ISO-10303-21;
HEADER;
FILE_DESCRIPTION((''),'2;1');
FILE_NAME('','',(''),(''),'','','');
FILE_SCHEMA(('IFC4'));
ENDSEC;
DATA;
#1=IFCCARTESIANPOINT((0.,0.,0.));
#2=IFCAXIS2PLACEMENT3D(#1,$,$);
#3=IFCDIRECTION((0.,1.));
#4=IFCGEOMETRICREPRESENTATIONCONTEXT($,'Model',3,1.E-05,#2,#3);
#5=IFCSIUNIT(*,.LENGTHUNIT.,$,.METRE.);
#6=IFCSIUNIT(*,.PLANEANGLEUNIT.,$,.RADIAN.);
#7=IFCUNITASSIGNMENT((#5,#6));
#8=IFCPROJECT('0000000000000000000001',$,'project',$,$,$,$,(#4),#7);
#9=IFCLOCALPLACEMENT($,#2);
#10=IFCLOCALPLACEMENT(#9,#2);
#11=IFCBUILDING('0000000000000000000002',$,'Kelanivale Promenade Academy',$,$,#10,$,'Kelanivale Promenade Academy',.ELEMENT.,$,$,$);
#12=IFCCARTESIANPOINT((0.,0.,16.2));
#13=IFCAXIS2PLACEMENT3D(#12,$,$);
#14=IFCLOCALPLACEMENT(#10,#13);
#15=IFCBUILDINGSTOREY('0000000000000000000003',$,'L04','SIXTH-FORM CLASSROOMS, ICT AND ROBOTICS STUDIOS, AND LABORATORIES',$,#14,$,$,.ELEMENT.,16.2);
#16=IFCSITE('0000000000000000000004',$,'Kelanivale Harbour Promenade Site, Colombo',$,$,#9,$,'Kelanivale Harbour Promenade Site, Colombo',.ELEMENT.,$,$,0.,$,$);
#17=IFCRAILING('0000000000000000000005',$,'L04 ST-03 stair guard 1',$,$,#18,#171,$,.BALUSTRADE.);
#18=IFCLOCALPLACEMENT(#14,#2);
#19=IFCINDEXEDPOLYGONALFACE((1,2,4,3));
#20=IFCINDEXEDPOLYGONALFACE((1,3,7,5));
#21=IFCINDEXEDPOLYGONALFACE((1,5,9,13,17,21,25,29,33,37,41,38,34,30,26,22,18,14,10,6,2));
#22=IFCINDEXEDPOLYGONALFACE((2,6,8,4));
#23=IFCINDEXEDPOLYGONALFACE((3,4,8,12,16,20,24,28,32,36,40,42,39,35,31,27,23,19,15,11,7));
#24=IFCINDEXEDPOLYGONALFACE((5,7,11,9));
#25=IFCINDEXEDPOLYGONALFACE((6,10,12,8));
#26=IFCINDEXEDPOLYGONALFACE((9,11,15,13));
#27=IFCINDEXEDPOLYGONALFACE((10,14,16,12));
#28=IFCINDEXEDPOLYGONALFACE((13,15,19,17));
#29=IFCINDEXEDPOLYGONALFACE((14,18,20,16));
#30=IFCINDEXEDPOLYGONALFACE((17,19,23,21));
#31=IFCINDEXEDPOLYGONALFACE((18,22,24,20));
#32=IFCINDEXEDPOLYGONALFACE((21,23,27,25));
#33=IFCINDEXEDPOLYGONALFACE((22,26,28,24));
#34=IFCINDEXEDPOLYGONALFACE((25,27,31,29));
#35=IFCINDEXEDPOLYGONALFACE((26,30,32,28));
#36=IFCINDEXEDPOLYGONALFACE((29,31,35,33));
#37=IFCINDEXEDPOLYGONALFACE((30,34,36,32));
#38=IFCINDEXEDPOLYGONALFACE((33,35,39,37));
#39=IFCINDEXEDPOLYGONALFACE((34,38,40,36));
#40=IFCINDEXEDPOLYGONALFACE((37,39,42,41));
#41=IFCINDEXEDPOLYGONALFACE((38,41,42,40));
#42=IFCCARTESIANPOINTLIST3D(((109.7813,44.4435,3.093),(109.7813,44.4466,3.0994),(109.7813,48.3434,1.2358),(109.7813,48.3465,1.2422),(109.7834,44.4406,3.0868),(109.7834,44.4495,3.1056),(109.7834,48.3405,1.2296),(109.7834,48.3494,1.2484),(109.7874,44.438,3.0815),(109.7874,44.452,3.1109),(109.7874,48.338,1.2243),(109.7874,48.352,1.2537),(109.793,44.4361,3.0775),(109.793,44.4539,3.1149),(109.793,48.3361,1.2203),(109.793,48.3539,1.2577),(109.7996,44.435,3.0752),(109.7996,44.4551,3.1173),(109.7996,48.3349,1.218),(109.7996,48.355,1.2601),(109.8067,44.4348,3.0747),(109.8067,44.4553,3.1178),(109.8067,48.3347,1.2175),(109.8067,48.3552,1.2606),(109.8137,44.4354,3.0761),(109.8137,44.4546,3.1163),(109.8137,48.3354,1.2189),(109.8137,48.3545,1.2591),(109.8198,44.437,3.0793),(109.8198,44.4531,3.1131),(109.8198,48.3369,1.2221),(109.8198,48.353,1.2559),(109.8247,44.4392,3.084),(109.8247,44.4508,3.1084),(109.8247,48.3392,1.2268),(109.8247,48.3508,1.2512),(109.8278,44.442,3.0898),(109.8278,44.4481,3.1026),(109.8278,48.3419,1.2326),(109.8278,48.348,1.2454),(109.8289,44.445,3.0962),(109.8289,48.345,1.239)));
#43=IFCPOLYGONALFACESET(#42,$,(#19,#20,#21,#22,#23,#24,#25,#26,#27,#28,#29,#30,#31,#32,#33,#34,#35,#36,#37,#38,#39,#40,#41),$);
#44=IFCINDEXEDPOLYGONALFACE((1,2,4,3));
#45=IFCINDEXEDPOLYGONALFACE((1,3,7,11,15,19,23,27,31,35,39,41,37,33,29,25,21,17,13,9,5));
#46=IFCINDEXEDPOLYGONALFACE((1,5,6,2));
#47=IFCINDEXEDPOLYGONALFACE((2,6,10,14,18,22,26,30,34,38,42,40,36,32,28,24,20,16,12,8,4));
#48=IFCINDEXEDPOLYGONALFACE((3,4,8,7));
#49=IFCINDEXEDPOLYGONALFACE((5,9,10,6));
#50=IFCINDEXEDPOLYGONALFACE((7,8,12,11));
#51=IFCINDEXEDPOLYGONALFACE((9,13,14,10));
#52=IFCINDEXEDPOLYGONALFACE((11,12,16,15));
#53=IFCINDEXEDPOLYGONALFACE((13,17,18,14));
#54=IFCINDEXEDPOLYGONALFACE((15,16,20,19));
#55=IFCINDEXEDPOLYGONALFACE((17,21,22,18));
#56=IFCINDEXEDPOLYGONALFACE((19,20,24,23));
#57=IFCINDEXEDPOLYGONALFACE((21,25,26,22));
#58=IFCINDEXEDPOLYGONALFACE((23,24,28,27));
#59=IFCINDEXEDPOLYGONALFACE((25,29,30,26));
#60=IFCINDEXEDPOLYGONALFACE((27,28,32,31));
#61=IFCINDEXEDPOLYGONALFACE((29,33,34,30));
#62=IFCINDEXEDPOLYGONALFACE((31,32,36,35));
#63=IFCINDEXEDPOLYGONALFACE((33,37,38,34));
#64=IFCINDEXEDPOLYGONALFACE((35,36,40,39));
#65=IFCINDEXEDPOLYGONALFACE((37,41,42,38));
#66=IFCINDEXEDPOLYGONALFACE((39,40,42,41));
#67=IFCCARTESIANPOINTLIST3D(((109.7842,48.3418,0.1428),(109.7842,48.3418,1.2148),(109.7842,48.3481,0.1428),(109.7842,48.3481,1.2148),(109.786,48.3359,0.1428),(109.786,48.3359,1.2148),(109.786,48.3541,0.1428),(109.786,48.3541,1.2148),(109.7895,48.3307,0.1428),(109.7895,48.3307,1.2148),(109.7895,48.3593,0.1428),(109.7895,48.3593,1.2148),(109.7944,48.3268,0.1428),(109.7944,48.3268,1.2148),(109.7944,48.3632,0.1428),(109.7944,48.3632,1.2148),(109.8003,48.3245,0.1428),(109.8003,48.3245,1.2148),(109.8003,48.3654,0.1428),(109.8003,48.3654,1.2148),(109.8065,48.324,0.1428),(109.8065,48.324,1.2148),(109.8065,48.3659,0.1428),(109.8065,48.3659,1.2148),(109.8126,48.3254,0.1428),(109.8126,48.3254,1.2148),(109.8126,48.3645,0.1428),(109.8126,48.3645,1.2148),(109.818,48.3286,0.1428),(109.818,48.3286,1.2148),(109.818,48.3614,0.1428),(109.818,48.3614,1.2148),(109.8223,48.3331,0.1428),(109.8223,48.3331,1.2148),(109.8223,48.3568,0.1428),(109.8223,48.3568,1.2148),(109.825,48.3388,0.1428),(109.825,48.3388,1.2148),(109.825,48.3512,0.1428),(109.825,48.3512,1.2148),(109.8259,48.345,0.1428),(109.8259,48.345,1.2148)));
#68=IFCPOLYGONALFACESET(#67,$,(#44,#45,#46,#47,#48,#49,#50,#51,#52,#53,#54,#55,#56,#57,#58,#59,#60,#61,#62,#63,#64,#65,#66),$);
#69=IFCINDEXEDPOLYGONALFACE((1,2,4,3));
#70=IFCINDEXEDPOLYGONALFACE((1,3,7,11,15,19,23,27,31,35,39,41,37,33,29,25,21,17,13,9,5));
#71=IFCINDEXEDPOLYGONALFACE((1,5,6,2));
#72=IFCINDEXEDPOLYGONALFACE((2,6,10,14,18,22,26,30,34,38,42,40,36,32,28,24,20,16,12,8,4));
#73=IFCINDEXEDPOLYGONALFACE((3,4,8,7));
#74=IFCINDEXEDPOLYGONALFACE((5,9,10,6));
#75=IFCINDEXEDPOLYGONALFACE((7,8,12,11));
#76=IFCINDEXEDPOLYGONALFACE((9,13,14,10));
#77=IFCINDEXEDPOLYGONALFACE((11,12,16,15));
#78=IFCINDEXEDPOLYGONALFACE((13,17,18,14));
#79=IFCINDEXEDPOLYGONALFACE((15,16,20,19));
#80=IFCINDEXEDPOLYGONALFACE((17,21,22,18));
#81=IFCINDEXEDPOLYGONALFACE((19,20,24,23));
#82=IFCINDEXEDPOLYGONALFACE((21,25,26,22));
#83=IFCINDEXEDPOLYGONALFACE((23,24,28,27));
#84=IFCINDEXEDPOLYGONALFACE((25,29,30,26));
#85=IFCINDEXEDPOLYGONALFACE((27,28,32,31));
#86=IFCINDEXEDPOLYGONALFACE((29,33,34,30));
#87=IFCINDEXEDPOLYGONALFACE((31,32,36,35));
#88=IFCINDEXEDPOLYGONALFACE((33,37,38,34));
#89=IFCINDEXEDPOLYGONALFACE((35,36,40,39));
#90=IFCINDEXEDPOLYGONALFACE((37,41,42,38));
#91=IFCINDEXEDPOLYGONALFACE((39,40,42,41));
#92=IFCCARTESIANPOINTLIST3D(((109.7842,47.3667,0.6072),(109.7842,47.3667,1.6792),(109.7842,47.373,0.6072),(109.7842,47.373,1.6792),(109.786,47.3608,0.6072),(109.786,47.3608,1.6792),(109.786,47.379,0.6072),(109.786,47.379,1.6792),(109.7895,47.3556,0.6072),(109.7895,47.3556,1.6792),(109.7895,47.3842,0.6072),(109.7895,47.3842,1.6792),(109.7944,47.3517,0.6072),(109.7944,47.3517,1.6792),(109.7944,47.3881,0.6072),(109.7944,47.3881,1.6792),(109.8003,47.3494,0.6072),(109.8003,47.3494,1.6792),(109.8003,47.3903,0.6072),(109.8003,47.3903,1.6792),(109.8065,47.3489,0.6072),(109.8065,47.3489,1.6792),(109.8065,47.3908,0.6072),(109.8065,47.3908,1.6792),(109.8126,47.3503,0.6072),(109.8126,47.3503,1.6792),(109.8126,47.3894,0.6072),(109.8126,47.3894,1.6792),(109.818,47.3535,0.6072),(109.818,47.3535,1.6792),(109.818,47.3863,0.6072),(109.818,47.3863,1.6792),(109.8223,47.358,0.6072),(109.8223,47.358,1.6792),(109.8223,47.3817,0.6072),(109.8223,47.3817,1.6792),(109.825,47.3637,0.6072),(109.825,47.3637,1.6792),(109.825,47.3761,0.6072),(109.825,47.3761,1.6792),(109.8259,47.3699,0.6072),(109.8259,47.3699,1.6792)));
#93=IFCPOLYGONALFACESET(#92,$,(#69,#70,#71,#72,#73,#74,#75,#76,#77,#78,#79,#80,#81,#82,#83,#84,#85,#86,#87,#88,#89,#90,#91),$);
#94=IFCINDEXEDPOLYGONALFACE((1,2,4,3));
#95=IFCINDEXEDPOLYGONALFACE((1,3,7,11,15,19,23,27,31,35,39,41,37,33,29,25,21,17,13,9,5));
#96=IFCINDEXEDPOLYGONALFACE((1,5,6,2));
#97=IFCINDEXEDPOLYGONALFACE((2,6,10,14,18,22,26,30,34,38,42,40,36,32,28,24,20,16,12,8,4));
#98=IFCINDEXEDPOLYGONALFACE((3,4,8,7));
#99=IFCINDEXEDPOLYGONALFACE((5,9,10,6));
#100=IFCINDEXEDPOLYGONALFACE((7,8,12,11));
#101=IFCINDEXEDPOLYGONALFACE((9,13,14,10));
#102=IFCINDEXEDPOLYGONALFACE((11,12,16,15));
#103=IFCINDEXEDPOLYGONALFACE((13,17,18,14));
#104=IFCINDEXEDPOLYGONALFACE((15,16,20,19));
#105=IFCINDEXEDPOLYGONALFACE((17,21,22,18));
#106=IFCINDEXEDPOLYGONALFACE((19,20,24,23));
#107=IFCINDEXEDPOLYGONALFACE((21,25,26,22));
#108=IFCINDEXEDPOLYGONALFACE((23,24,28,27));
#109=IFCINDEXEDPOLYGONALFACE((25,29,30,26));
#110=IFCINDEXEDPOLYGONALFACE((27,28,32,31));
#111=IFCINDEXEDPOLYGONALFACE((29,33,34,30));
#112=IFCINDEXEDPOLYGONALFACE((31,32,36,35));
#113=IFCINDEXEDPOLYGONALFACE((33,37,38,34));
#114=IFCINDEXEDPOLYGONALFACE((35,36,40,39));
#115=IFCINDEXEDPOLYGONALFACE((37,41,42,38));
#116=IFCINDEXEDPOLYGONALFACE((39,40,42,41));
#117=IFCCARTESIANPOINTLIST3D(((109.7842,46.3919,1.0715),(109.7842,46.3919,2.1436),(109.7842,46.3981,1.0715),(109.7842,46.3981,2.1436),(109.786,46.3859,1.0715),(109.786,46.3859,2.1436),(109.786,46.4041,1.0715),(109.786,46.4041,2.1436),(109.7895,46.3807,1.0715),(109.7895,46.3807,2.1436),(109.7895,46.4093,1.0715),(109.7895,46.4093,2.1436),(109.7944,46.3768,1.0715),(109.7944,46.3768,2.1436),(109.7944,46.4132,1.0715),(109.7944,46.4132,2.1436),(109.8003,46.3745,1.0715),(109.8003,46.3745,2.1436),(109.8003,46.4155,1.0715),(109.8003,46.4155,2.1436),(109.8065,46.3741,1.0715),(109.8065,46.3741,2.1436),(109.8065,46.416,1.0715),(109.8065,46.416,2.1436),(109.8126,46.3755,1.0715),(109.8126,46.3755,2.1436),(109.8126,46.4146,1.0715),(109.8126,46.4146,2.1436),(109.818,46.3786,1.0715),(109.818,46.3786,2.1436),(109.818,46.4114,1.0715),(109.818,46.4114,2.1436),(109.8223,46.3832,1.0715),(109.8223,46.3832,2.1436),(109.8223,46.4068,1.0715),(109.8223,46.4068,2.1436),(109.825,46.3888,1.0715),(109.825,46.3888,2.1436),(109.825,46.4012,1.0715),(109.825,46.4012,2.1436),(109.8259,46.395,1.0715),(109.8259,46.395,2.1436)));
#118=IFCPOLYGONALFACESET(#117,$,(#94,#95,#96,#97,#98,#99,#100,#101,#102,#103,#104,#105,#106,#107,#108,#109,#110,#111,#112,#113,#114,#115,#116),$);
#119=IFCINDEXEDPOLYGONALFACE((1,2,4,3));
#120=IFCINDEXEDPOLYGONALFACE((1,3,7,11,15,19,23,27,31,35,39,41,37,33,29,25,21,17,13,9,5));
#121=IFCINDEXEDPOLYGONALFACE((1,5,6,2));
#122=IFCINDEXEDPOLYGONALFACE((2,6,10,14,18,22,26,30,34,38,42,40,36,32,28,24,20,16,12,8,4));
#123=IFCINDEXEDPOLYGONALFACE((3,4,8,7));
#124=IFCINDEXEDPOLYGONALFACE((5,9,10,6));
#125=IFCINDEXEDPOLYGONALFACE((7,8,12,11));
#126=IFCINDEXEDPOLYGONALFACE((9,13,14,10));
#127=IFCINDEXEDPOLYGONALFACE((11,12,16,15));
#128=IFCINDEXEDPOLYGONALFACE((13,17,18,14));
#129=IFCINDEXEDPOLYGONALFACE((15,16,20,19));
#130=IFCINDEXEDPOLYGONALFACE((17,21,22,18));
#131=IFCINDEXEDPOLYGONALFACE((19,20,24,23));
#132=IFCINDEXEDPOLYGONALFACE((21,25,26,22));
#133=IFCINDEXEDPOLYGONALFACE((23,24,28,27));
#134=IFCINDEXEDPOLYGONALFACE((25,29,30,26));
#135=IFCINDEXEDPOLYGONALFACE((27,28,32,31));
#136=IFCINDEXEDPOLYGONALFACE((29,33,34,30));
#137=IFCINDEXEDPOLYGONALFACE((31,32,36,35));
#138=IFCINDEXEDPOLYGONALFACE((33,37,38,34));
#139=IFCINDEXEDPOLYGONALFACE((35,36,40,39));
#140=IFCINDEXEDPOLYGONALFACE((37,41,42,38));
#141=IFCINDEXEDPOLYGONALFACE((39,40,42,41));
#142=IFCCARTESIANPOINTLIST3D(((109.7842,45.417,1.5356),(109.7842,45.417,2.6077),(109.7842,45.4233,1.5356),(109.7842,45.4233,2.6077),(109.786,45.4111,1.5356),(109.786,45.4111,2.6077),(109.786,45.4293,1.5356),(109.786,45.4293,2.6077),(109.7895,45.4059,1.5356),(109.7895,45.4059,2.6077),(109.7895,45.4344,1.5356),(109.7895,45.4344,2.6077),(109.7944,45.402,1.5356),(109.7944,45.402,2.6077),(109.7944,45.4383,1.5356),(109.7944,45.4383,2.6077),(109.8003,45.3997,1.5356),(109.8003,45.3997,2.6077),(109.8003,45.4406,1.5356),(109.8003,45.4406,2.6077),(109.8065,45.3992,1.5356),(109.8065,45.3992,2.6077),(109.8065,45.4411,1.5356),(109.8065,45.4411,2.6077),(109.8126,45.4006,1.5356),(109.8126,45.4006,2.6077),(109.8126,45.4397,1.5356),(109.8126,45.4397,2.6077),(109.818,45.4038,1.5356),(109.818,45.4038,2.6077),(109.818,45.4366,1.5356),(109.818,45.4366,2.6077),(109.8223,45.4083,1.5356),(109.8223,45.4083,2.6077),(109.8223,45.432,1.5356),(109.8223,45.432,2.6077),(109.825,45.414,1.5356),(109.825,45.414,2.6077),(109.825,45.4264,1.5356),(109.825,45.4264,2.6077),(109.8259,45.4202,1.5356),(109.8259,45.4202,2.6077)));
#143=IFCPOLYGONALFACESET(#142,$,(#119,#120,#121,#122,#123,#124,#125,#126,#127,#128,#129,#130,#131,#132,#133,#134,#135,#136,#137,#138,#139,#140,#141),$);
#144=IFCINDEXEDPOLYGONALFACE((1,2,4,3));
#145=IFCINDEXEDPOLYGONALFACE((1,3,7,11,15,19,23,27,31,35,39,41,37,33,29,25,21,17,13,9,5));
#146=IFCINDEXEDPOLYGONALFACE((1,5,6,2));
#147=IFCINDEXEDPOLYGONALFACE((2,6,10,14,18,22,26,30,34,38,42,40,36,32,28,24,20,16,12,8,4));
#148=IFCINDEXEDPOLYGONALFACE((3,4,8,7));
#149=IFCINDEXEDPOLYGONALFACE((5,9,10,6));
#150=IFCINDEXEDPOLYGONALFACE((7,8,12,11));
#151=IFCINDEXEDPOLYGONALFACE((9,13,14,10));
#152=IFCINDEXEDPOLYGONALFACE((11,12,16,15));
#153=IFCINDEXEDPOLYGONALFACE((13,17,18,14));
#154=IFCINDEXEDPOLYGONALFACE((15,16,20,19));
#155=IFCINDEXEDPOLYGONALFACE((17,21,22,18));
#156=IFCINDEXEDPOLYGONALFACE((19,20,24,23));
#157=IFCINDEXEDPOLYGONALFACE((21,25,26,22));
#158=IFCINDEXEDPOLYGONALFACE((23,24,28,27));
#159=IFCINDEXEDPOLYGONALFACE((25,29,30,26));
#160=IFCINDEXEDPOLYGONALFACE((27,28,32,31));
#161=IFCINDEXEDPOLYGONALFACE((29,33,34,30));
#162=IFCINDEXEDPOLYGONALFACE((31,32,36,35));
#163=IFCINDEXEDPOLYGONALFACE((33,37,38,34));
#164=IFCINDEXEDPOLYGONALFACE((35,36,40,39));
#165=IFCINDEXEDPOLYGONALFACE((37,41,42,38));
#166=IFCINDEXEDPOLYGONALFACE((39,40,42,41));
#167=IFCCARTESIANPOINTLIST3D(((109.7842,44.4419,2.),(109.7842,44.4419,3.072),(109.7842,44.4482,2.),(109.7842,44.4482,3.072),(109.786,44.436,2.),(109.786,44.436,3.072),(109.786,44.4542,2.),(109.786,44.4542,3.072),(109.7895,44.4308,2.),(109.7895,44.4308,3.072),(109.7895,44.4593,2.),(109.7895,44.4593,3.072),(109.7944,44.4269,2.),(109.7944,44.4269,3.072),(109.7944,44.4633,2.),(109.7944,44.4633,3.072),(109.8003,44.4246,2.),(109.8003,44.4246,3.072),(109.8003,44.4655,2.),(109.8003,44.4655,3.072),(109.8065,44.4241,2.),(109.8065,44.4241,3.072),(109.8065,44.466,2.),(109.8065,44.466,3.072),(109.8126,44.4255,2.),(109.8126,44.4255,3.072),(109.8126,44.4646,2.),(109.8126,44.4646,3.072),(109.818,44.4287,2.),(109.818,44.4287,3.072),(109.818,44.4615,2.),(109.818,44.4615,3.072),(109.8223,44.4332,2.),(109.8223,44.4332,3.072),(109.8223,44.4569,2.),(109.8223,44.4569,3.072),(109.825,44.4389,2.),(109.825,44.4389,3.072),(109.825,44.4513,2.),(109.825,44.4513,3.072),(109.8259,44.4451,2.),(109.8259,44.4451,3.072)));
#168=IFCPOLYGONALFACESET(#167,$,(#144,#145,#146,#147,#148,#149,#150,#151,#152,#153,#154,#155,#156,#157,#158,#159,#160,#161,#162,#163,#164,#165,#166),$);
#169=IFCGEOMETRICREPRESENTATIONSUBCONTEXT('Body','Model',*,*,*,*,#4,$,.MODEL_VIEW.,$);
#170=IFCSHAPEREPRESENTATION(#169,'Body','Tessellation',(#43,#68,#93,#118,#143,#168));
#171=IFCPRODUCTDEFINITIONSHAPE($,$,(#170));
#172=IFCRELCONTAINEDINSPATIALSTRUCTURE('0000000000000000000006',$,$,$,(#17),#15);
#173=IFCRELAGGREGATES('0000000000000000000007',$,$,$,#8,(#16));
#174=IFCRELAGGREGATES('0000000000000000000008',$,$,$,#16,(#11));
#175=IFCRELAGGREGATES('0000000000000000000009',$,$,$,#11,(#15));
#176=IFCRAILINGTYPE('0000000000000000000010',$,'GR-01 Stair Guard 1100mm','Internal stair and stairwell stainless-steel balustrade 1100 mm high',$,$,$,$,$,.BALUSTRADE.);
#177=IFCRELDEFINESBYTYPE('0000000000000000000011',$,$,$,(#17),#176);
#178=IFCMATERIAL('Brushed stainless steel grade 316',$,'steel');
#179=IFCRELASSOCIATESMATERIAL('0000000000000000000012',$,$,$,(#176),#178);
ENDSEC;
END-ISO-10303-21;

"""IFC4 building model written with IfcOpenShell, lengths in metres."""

from ifc_helpers import new_model, si_unit, direction, frame, origin, origin_2d, place, context, subcontext, project, spatial, circle, extrude, material, type_object, element, save


model = new_model("IFC4")

# Units and contexts
model_context = context("Model", 3, precision=1e-05, world=origin(), true_north=direction((0.0, 1.0)))
body_context = subcontext(model_context, "Body", "Model", "MODEL_VIEW")
ifc_project = project(units=[si_unit("LENGTHUNIT", "METRE"), si_unit("PLANEANGLEUNIT", "RADIAN")], contexts=[model_context])

# Site, building, storey
site_placement = place(None, origin())
site = spatial("IfcSite", under=ifc_project, at=site_placement, Name="Kelanivale Harbour Promenade Site, Colombo", LongName="Kelanivale Harbour Promenade Site, Colombo", CompositionType="ELEMENT", RefElevation=0.0)
building_placement = place(site_placement, origin())
building = spatial("IfcBuilding", under=site, at=building_placement, Name="Kelanivale Promenade Academy", LongName="Kelanivale Promenade Academy", CompositionType="ELEMENT")
storey_placement = place(building_placement, frame((0.0, 0.0, 16.2)))
storey = spatial("IfcBuildingStorey", under=building, at=storey_placement, Name="L04", Description="SIXTH-FORM CLASSROOMS, ICT AND ROBOTICS STUDIOS, AND LABORATORIES", CompositionType="ELEMENT", Elevation=16.2)

# Railing
ifc_material_1 = material(Name="Brushed stainless steel grade 316", Category="steel")
railing_type_1 = type_object("IfcRailingType", Name="GR-01 Stair Guard 1100mm", Description="Internal stair and stairwell stainless-steel balustrade 1100 mm high", PredefinedType="BALUSTRADE", material=ifc_material_1)
railing_1_placement = place(storey_placement, frame((109.8049, 48.345, 0.1428)))
element("IfcRailing", 1, at=railing_1_placement, inside=storey, type_object=railing_type_1, Name="L04 ST-03 stair guard 1", PredefinedType="BALUSTRADE", context=body_context, shape_type="SweptSolid", body=[
    extrude(circle(Radius=0.0239, at=origin_2d()), frame((0.0, 0.0, 1.0962), z_axis=(0.0, -0.902853, 0.429949), x_axis=(1.0, 0.0, 0.0)), (0.0, 0.0, 1.0), 4.3196),
    extrude(circle(Radius=0.021, at=origin_2d()), origin(), (0.0, 0.0, 1.0), 1.072),
    extrude(circle(Radius=0.021, at=origin_2d()), frame((0.0, -0.9751, 0.4644)), (0.0, 0.0, 1.0), 1.072),
    extrude(circle(Radius=0.021, at=origin_2d()), frame((0.0, -1.95, 0.9287)), (0.0, 0.0, 1.0), 1.072),
    extrude(circle(Radius=0.021, at=origin_2d()), frame((0.0, -2.9248, 1.3928)), (0.0, 0.0, 1.0), 1.072),
    extrude(circle(Radius=0.021, at=origin_2d()), frame((0.0, -3.8999, 1.8572)), (0.0, 0.0, 1.0), 1.072),
])

save(model, "model.ifc")
